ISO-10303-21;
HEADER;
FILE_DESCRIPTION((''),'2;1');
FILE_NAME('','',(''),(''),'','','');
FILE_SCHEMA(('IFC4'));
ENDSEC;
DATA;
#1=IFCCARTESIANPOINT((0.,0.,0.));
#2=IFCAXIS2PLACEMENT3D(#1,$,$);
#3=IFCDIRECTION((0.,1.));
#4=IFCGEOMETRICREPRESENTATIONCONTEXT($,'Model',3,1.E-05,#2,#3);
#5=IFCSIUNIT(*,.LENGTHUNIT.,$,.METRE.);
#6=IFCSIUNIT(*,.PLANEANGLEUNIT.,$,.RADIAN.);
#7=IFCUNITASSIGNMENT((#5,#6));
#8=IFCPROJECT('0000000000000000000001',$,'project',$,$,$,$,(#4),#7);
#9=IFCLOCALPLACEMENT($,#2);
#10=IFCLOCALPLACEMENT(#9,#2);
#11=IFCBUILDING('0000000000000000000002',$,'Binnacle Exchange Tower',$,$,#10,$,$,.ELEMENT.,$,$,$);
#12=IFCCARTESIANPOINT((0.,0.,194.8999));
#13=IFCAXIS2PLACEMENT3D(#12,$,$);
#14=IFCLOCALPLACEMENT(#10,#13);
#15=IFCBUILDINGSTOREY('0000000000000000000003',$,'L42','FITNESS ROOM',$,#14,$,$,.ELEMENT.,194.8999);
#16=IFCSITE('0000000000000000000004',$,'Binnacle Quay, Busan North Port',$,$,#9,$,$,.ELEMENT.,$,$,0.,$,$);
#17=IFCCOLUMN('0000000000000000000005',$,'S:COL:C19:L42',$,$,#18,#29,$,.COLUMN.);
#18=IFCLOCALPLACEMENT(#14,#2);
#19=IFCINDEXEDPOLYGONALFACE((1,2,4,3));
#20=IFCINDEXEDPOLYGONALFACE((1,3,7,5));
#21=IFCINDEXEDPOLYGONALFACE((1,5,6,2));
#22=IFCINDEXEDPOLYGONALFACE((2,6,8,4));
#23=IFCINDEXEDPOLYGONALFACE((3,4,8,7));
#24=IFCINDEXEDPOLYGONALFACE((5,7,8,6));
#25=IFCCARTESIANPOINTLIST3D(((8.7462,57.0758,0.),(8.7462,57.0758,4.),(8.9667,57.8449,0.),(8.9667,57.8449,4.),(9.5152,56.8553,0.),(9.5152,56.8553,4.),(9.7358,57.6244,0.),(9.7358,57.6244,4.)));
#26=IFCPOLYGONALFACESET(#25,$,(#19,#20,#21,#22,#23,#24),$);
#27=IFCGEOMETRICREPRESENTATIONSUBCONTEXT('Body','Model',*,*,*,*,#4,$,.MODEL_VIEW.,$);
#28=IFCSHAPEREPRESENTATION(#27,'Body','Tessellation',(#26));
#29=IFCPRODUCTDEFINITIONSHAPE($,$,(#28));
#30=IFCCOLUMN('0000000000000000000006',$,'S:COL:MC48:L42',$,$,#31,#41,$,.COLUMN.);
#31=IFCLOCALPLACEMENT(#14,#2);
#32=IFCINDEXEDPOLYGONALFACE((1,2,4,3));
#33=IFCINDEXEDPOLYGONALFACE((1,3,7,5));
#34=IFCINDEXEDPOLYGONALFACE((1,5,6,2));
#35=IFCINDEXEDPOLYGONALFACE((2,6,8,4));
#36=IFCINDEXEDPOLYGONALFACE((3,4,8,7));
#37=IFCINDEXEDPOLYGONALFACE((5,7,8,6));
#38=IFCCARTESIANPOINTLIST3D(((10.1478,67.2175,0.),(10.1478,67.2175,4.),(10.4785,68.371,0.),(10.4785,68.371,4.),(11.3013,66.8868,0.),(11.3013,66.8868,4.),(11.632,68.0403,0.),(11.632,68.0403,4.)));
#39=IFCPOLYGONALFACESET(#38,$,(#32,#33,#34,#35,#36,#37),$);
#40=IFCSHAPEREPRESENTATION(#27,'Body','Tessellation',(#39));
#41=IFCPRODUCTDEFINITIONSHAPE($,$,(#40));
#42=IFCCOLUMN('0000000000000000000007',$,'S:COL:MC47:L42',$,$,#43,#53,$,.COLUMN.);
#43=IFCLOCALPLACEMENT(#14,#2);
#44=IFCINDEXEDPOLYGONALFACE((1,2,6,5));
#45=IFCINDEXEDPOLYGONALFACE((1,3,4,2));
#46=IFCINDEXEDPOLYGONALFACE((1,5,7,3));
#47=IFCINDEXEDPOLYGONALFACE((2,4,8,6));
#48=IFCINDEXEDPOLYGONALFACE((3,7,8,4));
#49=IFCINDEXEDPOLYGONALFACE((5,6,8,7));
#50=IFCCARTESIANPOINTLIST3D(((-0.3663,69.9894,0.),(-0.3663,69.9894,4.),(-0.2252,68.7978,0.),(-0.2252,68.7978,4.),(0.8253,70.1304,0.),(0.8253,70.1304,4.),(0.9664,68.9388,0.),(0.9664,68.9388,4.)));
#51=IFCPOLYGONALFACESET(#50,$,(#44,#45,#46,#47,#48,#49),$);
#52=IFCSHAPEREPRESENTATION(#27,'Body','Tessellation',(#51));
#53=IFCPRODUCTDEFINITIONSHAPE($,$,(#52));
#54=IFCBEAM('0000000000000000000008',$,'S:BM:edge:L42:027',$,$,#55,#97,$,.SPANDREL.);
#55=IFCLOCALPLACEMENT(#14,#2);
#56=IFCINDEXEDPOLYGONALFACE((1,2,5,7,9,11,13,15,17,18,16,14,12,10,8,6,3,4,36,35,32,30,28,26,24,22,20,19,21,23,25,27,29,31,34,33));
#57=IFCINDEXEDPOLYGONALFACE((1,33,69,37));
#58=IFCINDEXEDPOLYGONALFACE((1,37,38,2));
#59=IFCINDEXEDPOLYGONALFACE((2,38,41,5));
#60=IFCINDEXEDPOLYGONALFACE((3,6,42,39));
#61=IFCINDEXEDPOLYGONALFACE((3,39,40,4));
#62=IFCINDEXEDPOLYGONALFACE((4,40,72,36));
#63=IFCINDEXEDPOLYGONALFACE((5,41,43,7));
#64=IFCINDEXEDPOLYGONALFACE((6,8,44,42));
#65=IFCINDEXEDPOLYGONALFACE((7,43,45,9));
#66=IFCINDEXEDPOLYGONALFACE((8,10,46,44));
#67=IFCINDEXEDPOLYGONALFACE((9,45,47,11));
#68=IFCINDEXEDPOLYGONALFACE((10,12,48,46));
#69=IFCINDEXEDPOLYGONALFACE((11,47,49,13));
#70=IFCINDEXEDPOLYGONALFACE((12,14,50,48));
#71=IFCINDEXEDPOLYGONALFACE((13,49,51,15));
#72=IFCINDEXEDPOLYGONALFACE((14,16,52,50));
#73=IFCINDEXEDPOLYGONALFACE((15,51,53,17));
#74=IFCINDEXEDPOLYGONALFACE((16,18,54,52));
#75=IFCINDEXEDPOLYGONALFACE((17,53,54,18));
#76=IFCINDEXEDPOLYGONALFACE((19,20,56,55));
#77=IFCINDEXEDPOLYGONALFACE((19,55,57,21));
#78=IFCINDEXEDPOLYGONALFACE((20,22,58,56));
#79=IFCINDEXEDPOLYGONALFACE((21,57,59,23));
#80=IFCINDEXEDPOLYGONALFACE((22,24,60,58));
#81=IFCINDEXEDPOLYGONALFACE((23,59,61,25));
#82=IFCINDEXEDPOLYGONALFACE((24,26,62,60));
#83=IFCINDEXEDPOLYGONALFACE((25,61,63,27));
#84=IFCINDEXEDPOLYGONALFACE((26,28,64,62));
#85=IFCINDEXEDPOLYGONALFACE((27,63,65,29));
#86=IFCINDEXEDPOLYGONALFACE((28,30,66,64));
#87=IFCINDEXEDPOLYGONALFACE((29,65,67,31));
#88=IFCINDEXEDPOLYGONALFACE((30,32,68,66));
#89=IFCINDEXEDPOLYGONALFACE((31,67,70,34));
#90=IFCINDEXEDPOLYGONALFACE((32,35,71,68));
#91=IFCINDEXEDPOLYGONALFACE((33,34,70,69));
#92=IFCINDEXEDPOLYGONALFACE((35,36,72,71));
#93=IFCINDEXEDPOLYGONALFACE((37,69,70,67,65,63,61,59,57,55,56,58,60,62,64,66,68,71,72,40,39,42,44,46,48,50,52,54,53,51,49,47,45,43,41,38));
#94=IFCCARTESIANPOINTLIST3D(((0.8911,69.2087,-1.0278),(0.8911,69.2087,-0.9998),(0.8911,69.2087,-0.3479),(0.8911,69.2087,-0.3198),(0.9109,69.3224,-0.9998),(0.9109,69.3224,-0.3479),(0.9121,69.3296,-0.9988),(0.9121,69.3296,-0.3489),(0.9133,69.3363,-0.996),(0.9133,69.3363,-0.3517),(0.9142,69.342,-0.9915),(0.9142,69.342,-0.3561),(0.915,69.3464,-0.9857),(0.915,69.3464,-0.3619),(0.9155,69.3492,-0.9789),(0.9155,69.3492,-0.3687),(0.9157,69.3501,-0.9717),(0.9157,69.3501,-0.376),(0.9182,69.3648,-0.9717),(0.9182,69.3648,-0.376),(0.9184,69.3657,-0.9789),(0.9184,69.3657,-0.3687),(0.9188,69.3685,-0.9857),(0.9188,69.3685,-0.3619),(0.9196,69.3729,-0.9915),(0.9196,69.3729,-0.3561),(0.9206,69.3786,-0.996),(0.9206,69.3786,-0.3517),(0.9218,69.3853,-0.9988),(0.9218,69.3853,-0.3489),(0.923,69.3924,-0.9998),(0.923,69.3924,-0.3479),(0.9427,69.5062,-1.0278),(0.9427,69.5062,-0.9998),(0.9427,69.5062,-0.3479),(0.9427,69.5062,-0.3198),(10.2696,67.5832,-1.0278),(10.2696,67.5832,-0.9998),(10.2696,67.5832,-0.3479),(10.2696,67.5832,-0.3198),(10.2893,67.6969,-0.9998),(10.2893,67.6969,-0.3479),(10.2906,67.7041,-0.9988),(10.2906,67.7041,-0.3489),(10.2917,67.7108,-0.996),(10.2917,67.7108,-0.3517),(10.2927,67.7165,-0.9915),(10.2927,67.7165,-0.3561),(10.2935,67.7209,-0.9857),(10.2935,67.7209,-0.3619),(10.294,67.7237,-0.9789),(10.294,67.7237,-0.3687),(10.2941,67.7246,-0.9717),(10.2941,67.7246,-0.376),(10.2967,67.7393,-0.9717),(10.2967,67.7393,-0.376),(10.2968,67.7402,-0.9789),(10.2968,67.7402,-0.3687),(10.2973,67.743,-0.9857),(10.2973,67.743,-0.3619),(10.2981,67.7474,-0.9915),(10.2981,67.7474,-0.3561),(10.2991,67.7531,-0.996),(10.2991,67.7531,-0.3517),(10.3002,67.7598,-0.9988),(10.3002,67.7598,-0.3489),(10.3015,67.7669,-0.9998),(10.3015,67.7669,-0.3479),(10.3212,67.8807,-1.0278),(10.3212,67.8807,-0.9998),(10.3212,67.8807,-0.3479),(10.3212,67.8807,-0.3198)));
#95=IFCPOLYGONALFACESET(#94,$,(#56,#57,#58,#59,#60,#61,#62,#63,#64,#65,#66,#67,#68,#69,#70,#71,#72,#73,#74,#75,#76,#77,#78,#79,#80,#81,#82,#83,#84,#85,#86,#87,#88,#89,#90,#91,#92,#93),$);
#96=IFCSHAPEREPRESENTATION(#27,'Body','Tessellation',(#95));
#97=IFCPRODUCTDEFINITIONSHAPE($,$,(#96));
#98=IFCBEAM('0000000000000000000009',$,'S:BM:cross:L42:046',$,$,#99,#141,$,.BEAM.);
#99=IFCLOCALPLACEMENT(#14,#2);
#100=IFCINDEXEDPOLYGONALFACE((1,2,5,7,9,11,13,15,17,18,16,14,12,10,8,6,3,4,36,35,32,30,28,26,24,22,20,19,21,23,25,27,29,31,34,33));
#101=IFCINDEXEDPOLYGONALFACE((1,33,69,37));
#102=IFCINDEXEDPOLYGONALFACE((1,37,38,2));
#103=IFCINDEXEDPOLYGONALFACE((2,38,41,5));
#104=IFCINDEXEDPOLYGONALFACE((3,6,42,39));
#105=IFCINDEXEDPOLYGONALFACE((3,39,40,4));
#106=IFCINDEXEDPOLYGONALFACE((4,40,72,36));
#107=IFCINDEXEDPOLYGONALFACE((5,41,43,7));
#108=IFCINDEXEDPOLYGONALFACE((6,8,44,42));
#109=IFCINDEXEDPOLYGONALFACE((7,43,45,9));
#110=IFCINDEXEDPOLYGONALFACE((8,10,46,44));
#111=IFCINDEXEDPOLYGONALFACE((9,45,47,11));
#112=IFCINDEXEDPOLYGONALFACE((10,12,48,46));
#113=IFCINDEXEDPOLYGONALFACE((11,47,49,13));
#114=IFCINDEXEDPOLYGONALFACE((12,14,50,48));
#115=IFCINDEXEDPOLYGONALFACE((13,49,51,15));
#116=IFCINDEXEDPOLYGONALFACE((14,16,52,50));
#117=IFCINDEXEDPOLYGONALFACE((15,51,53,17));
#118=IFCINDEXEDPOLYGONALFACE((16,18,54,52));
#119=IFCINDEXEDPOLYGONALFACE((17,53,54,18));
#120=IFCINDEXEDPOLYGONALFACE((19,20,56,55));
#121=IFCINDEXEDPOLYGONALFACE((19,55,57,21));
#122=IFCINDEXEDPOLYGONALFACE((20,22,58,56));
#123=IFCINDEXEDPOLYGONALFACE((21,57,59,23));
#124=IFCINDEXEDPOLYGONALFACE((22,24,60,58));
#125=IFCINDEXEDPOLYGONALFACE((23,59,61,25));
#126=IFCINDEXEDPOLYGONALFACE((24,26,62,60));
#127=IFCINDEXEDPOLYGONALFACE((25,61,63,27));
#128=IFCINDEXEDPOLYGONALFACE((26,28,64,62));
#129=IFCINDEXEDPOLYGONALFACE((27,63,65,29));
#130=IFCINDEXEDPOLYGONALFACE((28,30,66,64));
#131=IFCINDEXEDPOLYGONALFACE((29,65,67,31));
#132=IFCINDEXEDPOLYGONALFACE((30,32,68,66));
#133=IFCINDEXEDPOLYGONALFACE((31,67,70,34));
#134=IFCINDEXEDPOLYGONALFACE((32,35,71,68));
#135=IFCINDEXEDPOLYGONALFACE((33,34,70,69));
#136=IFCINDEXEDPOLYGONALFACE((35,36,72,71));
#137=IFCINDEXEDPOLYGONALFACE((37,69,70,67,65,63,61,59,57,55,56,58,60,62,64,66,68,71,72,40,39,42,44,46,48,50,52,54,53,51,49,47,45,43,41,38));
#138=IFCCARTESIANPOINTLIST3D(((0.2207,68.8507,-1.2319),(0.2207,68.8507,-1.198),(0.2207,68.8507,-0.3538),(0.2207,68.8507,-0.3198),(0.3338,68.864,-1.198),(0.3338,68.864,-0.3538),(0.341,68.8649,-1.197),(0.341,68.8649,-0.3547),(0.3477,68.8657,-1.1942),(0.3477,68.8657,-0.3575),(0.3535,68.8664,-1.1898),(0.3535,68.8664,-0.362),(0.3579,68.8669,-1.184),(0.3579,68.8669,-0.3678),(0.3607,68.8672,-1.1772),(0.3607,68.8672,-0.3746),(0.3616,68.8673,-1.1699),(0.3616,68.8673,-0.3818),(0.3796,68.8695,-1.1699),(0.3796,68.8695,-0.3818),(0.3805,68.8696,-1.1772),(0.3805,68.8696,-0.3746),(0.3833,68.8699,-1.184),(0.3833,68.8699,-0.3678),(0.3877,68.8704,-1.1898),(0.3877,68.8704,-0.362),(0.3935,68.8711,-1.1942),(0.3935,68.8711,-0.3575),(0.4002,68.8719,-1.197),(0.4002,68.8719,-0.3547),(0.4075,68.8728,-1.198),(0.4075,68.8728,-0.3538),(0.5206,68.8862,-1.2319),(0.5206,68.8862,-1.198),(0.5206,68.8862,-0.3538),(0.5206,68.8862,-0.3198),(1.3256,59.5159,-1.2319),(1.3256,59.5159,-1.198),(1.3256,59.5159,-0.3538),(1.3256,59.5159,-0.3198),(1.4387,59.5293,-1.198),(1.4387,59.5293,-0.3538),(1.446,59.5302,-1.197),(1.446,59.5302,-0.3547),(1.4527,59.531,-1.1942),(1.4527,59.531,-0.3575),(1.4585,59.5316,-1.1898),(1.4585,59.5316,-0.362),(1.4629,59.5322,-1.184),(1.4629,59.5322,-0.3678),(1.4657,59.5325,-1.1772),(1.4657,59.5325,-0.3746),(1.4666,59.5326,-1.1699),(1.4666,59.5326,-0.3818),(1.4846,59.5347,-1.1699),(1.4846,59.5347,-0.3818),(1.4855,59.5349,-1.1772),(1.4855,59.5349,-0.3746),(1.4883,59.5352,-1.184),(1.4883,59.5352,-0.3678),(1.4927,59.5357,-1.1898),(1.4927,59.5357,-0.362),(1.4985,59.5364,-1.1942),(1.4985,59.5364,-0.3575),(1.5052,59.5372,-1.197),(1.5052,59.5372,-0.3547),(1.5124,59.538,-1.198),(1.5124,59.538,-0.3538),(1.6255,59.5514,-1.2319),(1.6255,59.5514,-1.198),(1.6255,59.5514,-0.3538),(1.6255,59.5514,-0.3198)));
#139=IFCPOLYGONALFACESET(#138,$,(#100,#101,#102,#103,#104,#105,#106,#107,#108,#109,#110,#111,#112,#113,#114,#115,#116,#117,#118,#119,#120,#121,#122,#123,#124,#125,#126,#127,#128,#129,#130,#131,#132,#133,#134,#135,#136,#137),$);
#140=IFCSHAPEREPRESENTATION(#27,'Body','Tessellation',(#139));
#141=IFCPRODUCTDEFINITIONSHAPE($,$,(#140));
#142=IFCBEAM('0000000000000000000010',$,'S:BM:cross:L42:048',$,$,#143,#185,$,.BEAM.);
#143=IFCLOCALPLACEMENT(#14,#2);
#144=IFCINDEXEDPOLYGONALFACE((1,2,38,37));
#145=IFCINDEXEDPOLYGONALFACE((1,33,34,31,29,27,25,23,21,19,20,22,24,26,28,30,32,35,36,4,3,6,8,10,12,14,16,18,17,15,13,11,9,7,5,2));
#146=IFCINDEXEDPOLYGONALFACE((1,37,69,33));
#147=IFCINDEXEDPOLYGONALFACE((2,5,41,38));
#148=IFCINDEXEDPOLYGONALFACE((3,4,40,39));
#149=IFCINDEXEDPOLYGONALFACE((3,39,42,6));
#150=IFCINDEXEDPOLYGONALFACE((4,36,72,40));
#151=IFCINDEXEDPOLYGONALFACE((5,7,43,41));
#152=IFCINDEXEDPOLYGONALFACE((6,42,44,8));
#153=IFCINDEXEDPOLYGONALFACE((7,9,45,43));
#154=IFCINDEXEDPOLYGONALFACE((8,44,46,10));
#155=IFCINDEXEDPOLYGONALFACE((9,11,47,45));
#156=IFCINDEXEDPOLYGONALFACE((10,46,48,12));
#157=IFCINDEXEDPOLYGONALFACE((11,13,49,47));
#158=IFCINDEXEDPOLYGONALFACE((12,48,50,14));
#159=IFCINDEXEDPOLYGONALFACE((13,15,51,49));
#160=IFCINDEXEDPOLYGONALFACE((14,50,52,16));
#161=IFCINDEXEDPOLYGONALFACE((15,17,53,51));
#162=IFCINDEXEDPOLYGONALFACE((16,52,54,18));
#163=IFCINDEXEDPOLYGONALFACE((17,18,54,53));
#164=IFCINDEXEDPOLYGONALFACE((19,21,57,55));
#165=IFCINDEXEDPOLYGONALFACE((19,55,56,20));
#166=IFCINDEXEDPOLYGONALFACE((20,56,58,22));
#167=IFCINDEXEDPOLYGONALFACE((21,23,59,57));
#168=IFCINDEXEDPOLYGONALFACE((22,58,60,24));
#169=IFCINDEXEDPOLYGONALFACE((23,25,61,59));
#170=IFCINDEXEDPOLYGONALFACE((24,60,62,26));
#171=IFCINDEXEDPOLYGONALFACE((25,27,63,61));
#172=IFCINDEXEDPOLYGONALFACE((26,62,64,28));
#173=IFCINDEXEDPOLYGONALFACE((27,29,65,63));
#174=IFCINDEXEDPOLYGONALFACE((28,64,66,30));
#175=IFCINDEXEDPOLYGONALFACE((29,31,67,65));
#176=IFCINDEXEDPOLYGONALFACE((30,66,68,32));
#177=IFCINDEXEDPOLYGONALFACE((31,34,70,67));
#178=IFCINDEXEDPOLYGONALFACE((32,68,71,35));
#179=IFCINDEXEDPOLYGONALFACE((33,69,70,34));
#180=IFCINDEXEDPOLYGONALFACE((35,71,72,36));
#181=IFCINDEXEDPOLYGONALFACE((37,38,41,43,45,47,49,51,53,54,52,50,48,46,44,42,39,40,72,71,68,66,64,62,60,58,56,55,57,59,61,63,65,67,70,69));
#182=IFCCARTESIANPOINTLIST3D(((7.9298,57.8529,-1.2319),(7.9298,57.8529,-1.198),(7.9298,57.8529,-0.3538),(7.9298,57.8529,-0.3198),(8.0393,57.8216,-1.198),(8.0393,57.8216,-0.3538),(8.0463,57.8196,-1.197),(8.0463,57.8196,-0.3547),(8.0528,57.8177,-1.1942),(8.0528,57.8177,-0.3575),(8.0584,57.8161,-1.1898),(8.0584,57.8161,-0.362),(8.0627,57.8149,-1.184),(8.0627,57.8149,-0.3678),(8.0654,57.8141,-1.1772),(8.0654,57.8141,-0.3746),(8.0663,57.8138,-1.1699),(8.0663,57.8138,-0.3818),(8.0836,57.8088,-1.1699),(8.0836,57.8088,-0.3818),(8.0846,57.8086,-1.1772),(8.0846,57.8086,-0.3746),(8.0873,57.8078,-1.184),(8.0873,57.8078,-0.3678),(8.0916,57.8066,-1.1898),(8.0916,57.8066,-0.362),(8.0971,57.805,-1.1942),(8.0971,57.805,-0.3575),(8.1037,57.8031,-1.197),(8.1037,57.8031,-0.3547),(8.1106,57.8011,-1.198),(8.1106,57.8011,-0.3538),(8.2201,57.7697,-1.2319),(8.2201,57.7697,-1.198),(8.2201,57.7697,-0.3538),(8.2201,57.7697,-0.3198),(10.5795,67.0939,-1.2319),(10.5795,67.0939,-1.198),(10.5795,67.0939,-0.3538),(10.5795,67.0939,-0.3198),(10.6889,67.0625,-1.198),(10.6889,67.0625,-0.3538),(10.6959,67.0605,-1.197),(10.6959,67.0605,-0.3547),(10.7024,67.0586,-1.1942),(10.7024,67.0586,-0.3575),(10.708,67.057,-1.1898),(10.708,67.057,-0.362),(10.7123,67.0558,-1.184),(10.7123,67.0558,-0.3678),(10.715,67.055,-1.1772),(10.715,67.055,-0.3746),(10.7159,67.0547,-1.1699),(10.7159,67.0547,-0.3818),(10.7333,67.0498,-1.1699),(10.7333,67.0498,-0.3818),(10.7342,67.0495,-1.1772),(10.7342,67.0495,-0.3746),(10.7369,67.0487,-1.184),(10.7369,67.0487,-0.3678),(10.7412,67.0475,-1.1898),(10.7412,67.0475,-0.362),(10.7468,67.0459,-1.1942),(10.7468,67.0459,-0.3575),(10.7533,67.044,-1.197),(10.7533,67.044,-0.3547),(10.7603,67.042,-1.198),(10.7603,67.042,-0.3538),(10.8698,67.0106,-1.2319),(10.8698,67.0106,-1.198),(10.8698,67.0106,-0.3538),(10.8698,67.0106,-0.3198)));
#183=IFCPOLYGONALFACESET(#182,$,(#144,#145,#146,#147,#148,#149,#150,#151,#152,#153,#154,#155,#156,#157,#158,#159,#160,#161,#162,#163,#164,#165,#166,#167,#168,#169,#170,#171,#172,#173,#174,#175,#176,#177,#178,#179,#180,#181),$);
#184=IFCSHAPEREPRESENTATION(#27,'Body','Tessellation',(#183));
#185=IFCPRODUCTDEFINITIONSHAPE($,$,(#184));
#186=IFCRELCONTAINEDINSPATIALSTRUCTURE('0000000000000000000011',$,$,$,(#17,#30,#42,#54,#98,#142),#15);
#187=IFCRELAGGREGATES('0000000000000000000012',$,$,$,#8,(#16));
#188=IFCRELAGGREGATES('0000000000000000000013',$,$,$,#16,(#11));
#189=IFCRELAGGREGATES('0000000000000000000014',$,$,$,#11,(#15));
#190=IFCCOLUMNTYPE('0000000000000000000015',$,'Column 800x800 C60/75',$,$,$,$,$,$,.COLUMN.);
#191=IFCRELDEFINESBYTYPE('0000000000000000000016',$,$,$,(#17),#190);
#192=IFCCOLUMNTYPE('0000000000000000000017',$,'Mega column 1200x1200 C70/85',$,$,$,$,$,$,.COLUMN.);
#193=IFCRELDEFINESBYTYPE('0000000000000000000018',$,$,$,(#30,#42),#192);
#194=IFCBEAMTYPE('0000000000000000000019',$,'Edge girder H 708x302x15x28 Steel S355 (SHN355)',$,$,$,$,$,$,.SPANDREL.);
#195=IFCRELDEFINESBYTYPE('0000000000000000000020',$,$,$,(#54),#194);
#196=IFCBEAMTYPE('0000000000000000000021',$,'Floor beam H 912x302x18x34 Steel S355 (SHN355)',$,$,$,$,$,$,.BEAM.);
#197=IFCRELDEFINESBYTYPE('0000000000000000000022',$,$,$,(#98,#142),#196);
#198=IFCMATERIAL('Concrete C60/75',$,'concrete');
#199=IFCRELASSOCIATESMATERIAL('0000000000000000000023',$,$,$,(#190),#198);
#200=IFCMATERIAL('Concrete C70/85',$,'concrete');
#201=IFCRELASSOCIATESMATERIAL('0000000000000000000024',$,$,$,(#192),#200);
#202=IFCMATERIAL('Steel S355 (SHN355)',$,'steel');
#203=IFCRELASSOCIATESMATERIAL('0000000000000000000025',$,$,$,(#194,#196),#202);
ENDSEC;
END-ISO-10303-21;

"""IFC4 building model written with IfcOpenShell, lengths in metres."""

from ifc_helpers import new_model, si_unit, direction, frame, origin, origin_2d, place, context, subcontext, project, spatial, rectangle, i_section, extrude, material, material_profile, profile_set, type_object, element, save


model = new_model("IFC4")

# Units and contexts
model_context = context("Model", 3, precision=1e-05, world=origin(), true_north=direction((0.0, 1.0)))
body_context = subcontext(model_context, "Body", "Model", "MODEL_VIEW")
ifc_project = project(units=[si_unit("LENGTHUNIT", "METRE"), si_unit("PLANEANGLEUNIT", "RADIAN")], contexts=[model_context])

# Site, building, storey
site_placement = place(None, origin())
site = spatial("IfcSite", under=ifc_project, at=site_placement, Name="Binnacle Quay, Busan North Port", CompositionType="ELEMENT", RefElevation=0.0)
building_placement = place(site_placement, origin())
building = spatial("IfcBuilding", under=site, at=building_placement, Name="Binnacle Exchange Tower", CompositionType="ELEMENT")
storey_placement = place(building_placement, frame((0.0, 0.0, 194.8999)))
storey = spatial("IfcBuildingStorey", under=building, at=storey_placement, Name="L42", Description="FITNESS ROOM", CompositionType="ELEMENT", Elevation=194.8999)

# Columns
ifc_material_1 = material(Name="Concrete C60/75", Category="concrete")
ifc_material_profile_1 = material_profile(ifc_material_1, rectangle(XDim=0.8, YDim=0.8, at=origin_2d()), Name="Column 800x800 C60/75")
ifc_profile_set_1 = profile_set([ifc_material_profile_1], Name="Concrete C60/75")
column_type_1 = type_object("IfcColumnType", Name="Column 800x800 C60/75", PredefinedType="COLUMN", material=ifc_profile_set_1)
column_placement = place(storey_placement, frame((9.241, 57.3501, 0.0), z_axis=(0.0, 0.0, 1.0), x_axis=(0.961262, -0.275637, 0.0)))
element("IfcColumn", 1, at=column_placement, inside=storey, type_object=column_type_1, Name="S:COL:C19:L42", PredefinedType="COLUMN", context=body_context, shape_type="SweptSolid", body=[
    extrude(rectangle(XDim=0.8, YDim=0.8, at=origin_2d()), origin(), (0.0, 0.0, 1.0), 4.0),
])
ifc_material_2 = material(Name="Concrete C70/85", Category="concrete")
ifc_material_profile_2 = material_profile(ifc_material_2, rectangle(XDim=1.2, YDim=1.2, at=origin_2d()), Name="Mega column 1200x1200 C70/85")
ifc_profile_set_2 = profile_set([ifc_material_profile_2], Name="Concrete C70/85")
column_type_2 = type_object("IfcColumnType", Name="Mega column 1200x1200 C70/85", PredefinedType="COLUMN", material=ifc_profile_set_2)
for number, where, z_axis, x_axis, name in (
    (2, (10.8899, 67.6289, 0.0), (0.0, 0.0, 1.0), (-0.961262, 0.275637, 0.0), "S:COL:MC48:L42"),
    (3, (0.3, 69.4641, 0.0), (0.0, 0.0, 1.0), (-0.993068, -0.117537, 0.0), "S:COL:MC47:L42"),
):
    element("IfcColumn", number, at=place(storey_placement, frame(where, z_axis=z_axis, x_axis=x_axis)), inside=storey, type_object=column_type_2, Name=name, PredefinedType="COLUMN", context=body_context, shape_type="SweptSolid", body=[
        extrude(rectangle(XDim=1.2, YDim=1.2, at=origin_2d()), origin(), (0.0, 0.0, 1.0), 4.0),
    ])

# Beams
ifc_material_3 = material(Name="Steel S355 (SHN355)", Category="steel")
ifc_material_profile_3 = material_profile(ifc_material_3, i_section(OverallWidth=0.302, OverallDepth=0.708, WebThickness=0.0149, FlangeThickness=0.0281, FilletRadius=0.0281, at=origin_2d()), Name="H 708x302x15x28")
ifc_profile_set_3 = profile_set([ifc_material_profile_3], Name="Steel S355 (SHN355)")
beam_type_1 = type_object("IfcBeamType", Name="Edge girder H 708x302x15x28 Steel S355 (SHN355)", PredefinedType="SPANDREL", material=ifc_profile_set_3)
beam_1_placement = place(storey_placement, frame((10.2954, 67.7319, -0.6738), z_axis=(-0.98531, 0.170776, 0.0), x_axis=(-0.170776, -0.98531, 0.0)))
element("IfcBeam", 4, at=beam_1_placement, inside=storey, type_object=beam_type_1, Name="S:BM:edge:L42:027", PredefinedType="SPANDREL", context=body_context, shape_type="SweptSolid", body=[
    extrude(i_section(OverallWidth=0.302, OverallDepth=0.708, WebThickness=0.0149, FlangeThickness=0.0281, FilletRadius=0.0281, at=origin_2d()), origin(), (0.0, 0.0, 1.0), 9.5183),
])
ifc_material_profile_4 = material_profile(ifc_material_3, i_section(OverallWidth=0.302, OverallDepth=0.9121, WebThickness=0.0181, FlangeThickness=0.0339, FilletRadius=0.0281, at=origin_2d()), Name="H 912x302x18x34")
ifc_profile_set_4 = profile_set([ifc_material_profile_4], Name="Steel S355 (SHN355)")
beam_type_2 = type_object("IfcBeamType", Name="Floor beam H 912x302x18x34 Steel S355 (SHN355)", PredefinedType="BEAM", material=ifc_profile_set_4)
beam_2_placement = place(storey_placement, frame((0.3706, 68.8684, -0.7759), z_axis=(0.117552, -0.993067, 0.0), x_axis=(0.993067, 0.117552, 0.0)))
element("IfcBeam", 5, at=beam_2_placement, inside=storey, type_object=beam_type_2, Name="S:BM:cross:L42:046", PredefinedType="BEAM", context=body_context, shape_type="SweptSolid", body=[
    extrude(i_section(OverallWidth=0.302, OverallDepth=0.9121, WebThickness=0.0181, FlangeThickness=0.0339, FilletRadius=0.0281, at=origin_2d()), origin(), (0.0, 0.0, 1.0), 9.3999),
])
beam_3_placement = place(storey_placement, frame((10.7246, 67.0522, -0.7759), z_axis=(-0.275623, -0.961266, 0.0), x_axis=(0.961266, -0.275623, 0.0)))
element("IfcBeam", 6, at=beam_3_placement, inside=storey, type_object=beam_type_2, Name="S:BM:cross:L42:048", PredefinedType="BEAM", context=body_context, shape_type="SweptSolid", body=[
    extrude(i_section(OverallWidth=0.302, OverallDepth=0.9121, WebThickness=0.0181, FlangeThickness=0.0339, FilletRadius=0.0281, at=origin_2d()), origin(), (0.0, 0.0, 1.0), 9.6133),
])

save(model, "model.ifc")
